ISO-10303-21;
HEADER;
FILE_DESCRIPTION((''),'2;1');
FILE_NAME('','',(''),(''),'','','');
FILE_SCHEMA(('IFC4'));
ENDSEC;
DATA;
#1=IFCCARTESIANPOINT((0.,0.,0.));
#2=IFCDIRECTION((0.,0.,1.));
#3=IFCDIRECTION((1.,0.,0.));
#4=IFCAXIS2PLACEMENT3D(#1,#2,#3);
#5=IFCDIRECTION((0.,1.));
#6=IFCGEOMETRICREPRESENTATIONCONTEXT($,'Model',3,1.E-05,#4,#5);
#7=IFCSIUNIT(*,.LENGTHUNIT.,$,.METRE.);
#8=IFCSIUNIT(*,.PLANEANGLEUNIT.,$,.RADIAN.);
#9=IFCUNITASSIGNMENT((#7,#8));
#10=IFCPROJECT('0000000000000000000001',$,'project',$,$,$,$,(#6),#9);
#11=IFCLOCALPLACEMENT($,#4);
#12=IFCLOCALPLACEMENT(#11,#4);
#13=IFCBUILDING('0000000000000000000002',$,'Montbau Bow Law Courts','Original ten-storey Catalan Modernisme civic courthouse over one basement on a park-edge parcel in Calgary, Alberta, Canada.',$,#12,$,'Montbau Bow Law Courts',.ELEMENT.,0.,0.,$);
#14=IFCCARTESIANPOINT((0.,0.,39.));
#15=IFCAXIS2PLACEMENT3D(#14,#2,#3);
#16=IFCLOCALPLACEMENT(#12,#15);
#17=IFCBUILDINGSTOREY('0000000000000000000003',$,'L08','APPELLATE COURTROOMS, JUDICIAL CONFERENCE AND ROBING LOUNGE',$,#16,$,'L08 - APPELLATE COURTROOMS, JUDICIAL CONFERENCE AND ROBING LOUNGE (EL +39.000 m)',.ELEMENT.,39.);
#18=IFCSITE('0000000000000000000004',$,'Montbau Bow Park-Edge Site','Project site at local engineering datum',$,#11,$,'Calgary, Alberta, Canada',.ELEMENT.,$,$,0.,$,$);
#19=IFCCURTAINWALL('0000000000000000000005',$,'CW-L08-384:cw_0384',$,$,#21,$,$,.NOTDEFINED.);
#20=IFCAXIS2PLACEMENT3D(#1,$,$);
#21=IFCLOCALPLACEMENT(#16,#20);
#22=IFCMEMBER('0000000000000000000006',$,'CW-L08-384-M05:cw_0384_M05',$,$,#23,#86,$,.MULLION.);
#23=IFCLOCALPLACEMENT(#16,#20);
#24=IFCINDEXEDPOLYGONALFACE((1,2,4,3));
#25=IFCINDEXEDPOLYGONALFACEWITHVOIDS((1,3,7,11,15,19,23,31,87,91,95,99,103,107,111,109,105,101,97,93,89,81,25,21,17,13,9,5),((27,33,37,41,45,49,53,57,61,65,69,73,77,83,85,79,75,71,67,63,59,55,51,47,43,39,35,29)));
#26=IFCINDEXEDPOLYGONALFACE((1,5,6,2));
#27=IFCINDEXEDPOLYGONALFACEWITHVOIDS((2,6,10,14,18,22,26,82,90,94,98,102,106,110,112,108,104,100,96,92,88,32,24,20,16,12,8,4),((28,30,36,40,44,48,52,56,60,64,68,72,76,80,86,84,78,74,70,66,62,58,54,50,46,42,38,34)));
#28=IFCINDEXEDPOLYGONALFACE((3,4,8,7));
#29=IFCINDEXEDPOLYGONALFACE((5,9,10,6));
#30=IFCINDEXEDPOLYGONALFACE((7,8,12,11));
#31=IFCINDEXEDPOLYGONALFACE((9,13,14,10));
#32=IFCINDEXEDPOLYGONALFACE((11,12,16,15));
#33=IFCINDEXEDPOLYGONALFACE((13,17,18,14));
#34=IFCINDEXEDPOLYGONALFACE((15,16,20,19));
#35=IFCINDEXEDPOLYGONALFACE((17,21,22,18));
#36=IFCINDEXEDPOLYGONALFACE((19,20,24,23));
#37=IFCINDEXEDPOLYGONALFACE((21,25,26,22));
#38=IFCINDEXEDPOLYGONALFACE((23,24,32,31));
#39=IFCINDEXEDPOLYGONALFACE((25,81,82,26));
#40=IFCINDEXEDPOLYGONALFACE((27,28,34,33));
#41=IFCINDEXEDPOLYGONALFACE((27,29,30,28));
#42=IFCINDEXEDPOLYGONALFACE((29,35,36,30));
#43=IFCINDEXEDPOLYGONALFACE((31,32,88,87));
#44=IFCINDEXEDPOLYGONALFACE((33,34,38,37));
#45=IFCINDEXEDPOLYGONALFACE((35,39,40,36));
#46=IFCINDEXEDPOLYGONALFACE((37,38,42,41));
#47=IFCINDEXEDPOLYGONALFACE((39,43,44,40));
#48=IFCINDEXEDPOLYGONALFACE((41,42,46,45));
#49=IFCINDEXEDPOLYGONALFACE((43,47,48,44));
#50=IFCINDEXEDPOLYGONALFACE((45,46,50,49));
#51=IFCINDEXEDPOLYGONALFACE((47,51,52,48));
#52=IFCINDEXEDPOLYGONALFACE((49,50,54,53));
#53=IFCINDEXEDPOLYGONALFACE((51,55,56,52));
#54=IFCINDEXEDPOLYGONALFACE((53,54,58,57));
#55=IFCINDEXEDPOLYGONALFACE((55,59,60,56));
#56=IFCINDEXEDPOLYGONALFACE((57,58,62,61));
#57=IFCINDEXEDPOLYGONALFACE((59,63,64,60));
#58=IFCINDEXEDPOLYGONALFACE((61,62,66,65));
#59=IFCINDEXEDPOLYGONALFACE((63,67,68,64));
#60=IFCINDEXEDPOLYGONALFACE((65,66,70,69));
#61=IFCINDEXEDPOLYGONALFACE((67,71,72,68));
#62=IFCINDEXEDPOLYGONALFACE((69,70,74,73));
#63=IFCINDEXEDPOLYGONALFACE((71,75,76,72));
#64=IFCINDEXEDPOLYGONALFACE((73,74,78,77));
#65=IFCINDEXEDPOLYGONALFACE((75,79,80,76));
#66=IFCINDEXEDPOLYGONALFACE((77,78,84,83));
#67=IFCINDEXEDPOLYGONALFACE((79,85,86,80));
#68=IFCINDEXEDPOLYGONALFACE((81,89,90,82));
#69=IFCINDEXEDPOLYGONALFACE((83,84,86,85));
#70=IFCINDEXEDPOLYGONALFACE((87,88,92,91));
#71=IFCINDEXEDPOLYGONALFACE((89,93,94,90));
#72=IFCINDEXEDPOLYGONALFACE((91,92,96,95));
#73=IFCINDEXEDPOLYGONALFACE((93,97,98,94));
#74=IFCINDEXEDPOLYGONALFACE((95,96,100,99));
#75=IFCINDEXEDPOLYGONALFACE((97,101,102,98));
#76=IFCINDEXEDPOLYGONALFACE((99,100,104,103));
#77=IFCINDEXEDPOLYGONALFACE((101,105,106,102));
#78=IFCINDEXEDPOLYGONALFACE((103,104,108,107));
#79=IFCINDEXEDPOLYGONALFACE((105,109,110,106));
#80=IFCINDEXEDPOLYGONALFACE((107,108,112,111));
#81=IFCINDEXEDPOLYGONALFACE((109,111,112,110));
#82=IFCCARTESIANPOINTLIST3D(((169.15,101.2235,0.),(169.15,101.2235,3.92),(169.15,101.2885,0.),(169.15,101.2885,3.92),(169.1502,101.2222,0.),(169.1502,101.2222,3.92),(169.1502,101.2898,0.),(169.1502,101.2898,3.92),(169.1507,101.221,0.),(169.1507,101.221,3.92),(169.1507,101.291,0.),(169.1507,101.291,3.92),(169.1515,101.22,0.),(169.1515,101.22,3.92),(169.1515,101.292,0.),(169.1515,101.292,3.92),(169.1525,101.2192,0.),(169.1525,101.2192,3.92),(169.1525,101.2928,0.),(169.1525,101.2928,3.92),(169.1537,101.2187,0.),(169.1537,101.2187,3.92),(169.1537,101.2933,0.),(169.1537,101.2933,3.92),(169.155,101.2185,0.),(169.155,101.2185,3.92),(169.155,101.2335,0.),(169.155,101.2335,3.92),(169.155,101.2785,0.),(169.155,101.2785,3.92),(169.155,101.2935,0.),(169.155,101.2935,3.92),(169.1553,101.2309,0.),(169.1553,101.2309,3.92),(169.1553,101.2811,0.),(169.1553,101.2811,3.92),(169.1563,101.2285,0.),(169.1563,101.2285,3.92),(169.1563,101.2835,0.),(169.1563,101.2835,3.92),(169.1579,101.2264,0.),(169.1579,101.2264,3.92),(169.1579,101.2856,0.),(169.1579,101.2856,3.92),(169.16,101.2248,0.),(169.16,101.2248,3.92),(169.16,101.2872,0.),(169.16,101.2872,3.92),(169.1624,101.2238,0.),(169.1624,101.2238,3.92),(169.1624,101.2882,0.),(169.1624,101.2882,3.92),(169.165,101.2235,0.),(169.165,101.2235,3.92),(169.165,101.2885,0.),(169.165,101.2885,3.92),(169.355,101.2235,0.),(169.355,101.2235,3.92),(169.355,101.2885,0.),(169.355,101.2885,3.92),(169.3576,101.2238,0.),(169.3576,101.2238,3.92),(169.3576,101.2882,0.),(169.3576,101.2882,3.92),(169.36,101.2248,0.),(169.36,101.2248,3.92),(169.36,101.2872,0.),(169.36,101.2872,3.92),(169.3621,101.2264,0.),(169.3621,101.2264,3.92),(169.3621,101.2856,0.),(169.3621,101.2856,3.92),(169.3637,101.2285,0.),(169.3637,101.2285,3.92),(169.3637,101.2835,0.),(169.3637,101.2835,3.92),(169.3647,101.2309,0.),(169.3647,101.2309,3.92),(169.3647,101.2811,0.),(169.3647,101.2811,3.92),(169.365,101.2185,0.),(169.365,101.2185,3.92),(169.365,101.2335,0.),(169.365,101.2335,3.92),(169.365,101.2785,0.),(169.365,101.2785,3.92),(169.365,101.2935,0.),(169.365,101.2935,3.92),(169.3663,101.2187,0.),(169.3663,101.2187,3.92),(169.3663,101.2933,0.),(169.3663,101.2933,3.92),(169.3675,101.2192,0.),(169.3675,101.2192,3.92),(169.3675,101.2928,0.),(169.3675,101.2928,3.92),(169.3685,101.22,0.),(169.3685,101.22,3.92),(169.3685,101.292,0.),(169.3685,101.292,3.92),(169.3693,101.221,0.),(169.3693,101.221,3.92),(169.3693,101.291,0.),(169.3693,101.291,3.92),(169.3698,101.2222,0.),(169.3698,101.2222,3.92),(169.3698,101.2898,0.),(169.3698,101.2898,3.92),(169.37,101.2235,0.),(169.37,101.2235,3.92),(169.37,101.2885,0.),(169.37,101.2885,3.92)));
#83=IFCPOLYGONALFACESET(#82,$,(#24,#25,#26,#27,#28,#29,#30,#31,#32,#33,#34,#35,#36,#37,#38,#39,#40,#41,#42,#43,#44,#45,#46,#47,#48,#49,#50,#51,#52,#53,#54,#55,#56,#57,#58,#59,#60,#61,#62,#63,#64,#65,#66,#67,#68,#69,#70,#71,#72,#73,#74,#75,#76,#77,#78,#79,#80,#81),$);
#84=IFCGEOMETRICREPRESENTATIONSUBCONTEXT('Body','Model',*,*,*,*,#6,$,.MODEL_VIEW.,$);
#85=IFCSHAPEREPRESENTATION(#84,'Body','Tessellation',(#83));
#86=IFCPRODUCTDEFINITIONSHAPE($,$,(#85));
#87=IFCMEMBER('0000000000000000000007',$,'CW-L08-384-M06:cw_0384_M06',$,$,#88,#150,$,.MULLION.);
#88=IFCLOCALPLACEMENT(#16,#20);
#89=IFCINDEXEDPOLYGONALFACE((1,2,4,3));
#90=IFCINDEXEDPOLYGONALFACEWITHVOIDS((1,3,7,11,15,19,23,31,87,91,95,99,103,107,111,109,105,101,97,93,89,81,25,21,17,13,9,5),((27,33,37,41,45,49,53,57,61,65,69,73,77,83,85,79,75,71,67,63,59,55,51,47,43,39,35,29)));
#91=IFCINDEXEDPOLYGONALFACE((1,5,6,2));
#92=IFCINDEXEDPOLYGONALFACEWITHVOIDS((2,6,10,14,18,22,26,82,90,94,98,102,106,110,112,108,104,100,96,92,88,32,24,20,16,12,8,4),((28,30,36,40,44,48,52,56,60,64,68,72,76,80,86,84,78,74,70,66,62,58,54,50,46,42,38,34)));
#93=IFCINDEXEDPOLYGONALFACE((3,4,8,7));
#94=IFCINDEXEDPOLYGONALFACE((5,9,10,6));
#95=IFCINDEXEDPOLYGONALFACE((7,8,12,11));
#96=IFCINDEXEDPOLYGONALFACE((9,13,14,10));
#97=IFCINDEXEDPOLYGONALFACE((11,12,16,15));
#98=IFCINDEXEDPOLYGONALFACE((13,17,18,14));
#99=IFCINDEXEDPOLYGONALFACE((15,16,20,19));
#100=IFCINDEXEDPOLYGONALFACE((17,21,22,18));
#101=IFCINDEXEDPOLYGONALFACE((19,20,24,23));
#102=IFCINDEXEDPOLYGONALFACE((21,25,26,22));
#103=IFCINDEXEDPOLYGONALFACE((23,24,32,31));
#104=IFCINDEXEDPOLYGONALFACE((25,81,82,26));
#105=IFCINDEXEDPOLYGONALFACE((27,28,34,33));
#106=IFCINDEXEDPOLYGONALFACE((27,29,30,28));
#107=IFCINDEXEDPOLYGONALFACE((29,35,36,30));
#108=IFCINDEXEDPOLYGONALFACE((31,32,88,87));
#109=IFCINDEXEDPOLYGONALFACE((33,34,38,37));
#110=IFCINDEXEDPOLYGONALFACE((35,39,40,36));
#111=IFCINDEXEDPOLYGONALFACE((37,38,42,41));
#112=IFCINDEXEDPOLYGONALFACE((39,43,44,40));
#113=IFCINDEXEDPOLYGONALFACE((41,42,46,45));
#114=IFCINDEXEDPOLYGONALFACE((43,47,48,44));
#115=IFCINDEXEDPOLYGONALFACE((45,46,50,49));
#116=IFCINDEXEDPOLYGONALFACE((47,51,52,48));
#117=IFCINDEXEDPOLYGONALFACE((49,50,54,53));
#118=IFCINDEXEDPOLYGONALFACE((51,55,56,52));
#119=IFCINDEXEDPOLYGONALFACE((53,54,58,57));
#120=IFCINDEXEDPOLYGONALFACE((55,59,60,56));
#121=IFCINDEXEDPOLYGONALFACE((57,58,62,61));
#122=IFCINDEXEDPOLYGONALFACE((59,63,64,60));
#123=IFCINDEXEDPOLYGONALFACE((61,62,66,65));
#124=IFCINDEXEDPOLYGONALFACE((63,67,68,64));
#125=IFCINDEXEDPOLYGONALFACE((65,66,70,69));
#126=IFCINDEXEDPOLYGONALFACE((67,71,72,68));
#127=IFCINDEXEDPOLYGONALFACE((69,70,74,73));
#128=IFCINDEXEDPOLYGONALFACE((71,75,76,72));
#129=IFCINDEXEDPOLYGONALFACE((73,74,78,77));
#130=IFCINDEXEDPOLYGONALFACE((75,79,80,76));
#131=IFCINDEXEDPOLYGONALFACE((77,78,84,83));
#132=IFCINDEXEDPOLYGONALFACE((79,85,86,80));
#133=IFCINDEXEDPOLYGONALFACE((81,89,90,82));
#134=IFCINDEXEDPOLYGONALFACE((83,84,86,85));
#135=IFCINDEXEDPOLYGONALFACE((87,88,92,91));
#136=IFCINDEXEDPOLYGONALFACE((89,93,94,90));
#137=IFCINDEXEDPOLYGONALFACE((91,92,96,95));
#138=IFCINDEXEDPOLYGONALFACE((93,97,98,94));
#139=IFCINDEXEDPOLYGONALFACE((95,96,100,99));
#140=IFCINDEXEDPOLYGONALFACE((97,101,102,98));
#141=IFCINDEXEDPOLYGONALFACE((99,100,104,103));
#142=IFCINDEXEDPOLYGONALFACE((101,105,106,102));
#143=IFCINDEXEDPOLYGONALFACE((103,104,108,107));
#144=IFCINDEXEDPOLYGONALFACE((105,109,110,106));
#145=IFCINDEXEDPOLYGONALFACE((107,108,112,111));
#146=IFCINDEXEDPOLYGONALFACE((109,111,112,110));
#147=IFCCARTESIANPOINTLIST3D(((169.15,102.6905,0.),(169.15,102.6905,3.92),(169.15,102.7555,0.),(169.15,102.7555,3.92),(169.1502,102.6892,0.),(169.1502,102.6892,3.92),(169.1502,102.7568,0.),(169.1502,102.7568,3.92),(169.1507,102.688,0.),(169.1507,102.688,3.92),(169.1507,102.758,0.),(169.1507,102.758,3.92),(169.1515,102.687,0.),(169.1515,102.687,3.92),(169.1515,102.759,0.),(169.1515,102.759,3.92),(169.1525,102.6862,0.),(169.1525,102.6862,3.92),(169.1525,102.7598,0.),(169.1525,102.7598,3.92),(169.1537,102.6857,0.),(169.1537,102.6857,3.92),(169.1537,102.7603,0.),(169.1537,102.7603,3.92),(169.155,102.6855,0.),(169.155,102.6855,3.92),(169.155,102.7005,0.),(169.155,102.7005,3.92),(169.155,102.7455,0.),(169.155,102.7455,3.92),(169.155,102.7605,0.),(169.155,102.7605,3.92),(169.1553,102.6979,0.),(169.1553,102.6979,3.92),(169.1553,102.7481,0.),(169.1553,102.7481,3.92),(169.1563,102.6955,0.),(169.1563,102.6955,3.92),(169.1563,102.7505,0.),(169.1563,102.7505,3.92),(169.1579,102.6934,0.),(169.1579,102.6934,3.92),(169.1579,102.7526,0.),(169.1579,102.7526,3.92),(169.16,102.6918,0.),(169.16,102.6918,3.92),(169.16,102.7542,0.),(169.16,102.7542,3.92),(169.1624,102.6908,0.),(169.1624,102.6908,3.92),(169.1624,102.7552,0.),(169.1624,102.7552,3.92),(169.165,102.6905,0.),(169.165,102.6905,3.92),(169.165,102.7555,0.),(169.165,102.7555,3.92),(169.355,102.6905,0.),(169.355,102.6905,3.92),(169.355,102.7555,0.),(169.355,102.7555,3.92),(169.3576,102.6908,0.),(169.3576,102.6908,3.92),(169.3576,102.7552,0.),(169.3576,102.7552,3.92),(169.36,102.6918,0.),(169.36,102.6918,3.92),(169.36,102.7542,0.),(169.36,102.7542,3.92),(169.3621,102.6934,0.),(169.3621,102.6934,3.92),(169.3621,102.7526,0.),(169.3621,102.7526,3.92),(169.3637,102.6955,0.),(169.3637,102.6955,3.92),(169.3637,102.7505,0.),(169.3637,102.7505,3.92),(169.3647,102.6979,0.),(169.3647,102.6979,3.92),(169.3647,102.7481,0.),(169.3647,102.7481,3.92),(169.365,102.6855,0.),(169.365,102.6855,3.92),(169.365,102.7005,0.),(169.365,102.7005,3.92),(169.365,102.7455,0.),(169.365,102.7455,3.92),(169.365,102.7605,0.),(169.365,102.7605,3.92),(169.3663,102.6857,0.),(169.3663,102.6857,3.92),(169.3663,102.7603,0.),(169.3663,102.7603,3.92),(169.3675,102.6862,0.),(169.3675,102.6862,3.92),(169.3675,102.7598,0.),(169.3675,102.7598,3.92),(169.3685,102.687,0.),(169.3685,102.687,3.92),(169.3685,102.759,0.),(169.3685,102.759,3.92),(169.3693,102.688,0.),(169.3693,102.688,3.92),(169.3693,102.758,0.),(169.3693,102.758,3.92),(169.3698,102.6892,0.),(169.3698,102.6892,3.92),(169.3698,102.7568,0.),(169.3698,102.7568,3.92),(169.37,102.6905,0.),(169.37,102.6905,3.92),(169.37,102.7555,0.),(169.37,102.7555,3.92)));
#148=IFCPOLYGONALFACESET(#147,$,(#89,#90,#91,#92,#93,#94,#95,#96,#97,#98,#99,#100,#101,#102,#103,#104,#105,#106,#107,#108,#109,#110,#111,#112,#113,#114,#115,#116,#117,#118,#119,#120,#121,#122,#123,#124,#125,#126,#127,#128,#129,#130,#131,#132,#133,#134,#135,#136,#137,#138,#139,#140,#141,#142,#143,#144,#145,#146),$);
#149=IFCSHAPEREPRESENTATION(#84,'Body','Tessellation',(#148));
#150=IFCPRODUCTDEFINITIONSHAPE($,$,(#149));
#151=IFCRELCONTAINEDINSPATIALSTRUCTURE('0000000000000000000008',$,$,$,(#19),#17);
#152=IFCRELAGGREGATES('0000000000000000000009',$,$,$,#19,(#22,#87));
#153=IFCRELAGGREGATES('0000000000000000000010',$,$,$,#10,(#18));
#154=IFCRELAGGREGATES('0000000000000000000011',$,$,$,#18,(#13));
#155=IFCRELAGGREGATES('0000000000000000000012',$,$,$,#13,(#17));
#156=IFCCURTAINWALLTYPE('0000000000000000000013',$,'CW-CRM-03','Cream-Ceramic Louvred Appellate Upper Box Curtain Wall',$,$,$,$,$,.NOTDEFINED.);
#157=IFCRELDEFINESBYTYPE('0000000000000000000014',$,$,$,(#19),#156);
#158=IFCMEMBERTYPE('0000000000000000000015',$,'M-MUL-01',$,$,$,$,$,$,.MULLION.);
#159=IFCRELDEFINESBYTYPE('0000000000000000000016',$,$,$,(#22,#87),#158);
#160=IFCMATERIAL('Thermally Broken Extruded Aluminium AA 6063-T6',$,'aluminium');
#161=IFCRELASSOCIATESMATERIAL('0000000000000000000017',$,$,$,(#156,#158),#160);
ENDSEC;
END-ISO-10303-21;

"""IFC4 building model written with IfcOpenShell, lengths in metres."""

from ifc_helpers import new_model, si_unit, direction, frame, origin_with_axes, origin_2d_with_axis, place, context, subcontext, project, spatial, hollow_rectangle, extrude, material, material_profile, profile_set, type_object, element, aggregate, save


model = new_model("IFC4")

# Units and contexts
model_context = context("Model", 3, precision=1e-05, world=origin_with_axes(), true_north=direction((0.0, 1.0)))
body_context = subcontext(model_context, "Body", "Model", "MODEL_VIEW")
ifc_project = project(units=[si_unit("LENGTHUNIT", "METRE"), si_unit("PLANEANGLEUNIT", "RADIAN")], contexts=[model_context])

# Site, building, storey
site_placement = place(None, origin_with_axes())
site = spatial("IfcSite", under=ifc_project, at=site_placement, Name="Montbau Bow Park-Edge Site", Description="Project site at local engineering datum", LongName="Calgary, Alberta, Canada", CompositionType="ELEMENT", RefElevation=0.0)
building_placement = place(site_placement, origin_with_axes())
building = spatial("IfcBuilding", under=site, at=building_placement, Name="Montbau Bow Law Courts", Description="Original ten-storey Catalan Modernisme civic courthouse over one basement on a park-edge parcel in Calgary, Alberta, Canada.", LongName="Montbau Bow Law Courts", CompositionType="ELEMENT", ElevationOfRefHeight=0.0, ElevationOfTerrain=0.0)
storey_placement = place(building_placement, frame((0.0, 0.0, 39.0), z_axis=(0.0, 0.0, 1.0), x_axis=(1.0, 0.0, 0.0)))
storey = spatial("IfcBuildingStorey", under=building, at=storey_placement, Name="L08", Description="APPELLATE COURTROOMS, JUDICIAL CONFERENCE AND ROBING LOUNGE", LongName="L08 - APPELLATE COURTROOMS, JUDICIAL CONFERENCE AND ROBING LOUNGE (EL +39.000 m)", CompositionType="ELEMENT", Elevation=39.0)

# Curtain wall, members
ifc_material_1 = material(Name="Thermally Broken Extruded Aluminium AA 6063-T6", Category="aluminium")
curtain_wall_type = type_object("IfcCurtainWallType", Name="CW-CRM-03", Description="Cream-Ceramic Louvred Appellate Upper Box Curtain Wall", PredefinedType="NOTDEFINED", material=ifc_material_1)
curtain_wall_1_placement = place(None, frame((169.26, 95.24, 39.0), z_axis=(0.0, 0.0, 1.0), x_axis=(1.0, 0.0, 0.0)))
curtain_wall_1 = element("IfcCurtainWall", 1, at=curtain_wall_1_placement, inside=storey, type_object=curtain_wall_type, Name="CW-L08-384:cw_0384", PredefinedType="NOTDEFINED")
ifc_material_profile_1 = material_profile(ifc_material_1, hollow_rectangle(XDim=0.075, YDim=0.22, WallThickness=0.005, InnerFilletRadius=0.01, OuterFilletRadius=0.005, at=origin_2d_with_axis()), Name="CWM-220X75", Category="Main", Priority=0)
ifc_profile_set_1 = profile_set([ifc_material_profile_1], Name="Thermally Broken Extruded Aluminium AA 6063-T6")
member_type_1 = type_object("IfcMemberType", Name="M-MUL-01", PredefinedType="MULLION", material=ifc_profile_set_1)
member_1_placement = place(None, frame((169.26, 101.256, 39.0), z_axis=(0.0, 0.0, 1.0), x_axis=(0.0, 1.0, 0.0)))
member_1 = element("IfcMember", 2, at=member_1_placement, type_object=member_type_1, Name="CW-L08-384-M05:cw_0384_M05", PredefinedType="MULLION", context=body_context, shape_type="SweptSolid", body=[
    extrude(hollow_rectangle(XDim=0.075, YDim=0.22, WallThickness=0.005, InnerFilletRadius=0.01, OuterFilletRadius=0.005, at=origin_2d_with_axis()), origin_with_axes(), (0.0, 0.0, 1.0), 3.92),
])
member_2_placement = place(None, frame((169.26, 102.723, 39.0), z_axis=(0.0, 0.0, 1.0), x_axis=(0.0, 1.0, 0.0)))
member_2 = element("IfcMember", 3, at=member_2_placement, type_object=member_type_1, Name="CW-L08-384-M06:cw_0384_M06", PredefinedType="MULLION", context=body_context, shape_type="SweptSolid", body=[
    extrude(hollow_rectangle(XDim=0.075, YDim=0.22, WallThickness=0.005, InnerFilletRadius=0.01, OuterFilletRadius=0.005, at=origin_2d_with_axis()), origin_with_axes(), (0.0, 0.0, 1.0), 3.92),
])

aggregate(curtain_wall_1, [member_1, member_2])

save(model, "model.ifc")
